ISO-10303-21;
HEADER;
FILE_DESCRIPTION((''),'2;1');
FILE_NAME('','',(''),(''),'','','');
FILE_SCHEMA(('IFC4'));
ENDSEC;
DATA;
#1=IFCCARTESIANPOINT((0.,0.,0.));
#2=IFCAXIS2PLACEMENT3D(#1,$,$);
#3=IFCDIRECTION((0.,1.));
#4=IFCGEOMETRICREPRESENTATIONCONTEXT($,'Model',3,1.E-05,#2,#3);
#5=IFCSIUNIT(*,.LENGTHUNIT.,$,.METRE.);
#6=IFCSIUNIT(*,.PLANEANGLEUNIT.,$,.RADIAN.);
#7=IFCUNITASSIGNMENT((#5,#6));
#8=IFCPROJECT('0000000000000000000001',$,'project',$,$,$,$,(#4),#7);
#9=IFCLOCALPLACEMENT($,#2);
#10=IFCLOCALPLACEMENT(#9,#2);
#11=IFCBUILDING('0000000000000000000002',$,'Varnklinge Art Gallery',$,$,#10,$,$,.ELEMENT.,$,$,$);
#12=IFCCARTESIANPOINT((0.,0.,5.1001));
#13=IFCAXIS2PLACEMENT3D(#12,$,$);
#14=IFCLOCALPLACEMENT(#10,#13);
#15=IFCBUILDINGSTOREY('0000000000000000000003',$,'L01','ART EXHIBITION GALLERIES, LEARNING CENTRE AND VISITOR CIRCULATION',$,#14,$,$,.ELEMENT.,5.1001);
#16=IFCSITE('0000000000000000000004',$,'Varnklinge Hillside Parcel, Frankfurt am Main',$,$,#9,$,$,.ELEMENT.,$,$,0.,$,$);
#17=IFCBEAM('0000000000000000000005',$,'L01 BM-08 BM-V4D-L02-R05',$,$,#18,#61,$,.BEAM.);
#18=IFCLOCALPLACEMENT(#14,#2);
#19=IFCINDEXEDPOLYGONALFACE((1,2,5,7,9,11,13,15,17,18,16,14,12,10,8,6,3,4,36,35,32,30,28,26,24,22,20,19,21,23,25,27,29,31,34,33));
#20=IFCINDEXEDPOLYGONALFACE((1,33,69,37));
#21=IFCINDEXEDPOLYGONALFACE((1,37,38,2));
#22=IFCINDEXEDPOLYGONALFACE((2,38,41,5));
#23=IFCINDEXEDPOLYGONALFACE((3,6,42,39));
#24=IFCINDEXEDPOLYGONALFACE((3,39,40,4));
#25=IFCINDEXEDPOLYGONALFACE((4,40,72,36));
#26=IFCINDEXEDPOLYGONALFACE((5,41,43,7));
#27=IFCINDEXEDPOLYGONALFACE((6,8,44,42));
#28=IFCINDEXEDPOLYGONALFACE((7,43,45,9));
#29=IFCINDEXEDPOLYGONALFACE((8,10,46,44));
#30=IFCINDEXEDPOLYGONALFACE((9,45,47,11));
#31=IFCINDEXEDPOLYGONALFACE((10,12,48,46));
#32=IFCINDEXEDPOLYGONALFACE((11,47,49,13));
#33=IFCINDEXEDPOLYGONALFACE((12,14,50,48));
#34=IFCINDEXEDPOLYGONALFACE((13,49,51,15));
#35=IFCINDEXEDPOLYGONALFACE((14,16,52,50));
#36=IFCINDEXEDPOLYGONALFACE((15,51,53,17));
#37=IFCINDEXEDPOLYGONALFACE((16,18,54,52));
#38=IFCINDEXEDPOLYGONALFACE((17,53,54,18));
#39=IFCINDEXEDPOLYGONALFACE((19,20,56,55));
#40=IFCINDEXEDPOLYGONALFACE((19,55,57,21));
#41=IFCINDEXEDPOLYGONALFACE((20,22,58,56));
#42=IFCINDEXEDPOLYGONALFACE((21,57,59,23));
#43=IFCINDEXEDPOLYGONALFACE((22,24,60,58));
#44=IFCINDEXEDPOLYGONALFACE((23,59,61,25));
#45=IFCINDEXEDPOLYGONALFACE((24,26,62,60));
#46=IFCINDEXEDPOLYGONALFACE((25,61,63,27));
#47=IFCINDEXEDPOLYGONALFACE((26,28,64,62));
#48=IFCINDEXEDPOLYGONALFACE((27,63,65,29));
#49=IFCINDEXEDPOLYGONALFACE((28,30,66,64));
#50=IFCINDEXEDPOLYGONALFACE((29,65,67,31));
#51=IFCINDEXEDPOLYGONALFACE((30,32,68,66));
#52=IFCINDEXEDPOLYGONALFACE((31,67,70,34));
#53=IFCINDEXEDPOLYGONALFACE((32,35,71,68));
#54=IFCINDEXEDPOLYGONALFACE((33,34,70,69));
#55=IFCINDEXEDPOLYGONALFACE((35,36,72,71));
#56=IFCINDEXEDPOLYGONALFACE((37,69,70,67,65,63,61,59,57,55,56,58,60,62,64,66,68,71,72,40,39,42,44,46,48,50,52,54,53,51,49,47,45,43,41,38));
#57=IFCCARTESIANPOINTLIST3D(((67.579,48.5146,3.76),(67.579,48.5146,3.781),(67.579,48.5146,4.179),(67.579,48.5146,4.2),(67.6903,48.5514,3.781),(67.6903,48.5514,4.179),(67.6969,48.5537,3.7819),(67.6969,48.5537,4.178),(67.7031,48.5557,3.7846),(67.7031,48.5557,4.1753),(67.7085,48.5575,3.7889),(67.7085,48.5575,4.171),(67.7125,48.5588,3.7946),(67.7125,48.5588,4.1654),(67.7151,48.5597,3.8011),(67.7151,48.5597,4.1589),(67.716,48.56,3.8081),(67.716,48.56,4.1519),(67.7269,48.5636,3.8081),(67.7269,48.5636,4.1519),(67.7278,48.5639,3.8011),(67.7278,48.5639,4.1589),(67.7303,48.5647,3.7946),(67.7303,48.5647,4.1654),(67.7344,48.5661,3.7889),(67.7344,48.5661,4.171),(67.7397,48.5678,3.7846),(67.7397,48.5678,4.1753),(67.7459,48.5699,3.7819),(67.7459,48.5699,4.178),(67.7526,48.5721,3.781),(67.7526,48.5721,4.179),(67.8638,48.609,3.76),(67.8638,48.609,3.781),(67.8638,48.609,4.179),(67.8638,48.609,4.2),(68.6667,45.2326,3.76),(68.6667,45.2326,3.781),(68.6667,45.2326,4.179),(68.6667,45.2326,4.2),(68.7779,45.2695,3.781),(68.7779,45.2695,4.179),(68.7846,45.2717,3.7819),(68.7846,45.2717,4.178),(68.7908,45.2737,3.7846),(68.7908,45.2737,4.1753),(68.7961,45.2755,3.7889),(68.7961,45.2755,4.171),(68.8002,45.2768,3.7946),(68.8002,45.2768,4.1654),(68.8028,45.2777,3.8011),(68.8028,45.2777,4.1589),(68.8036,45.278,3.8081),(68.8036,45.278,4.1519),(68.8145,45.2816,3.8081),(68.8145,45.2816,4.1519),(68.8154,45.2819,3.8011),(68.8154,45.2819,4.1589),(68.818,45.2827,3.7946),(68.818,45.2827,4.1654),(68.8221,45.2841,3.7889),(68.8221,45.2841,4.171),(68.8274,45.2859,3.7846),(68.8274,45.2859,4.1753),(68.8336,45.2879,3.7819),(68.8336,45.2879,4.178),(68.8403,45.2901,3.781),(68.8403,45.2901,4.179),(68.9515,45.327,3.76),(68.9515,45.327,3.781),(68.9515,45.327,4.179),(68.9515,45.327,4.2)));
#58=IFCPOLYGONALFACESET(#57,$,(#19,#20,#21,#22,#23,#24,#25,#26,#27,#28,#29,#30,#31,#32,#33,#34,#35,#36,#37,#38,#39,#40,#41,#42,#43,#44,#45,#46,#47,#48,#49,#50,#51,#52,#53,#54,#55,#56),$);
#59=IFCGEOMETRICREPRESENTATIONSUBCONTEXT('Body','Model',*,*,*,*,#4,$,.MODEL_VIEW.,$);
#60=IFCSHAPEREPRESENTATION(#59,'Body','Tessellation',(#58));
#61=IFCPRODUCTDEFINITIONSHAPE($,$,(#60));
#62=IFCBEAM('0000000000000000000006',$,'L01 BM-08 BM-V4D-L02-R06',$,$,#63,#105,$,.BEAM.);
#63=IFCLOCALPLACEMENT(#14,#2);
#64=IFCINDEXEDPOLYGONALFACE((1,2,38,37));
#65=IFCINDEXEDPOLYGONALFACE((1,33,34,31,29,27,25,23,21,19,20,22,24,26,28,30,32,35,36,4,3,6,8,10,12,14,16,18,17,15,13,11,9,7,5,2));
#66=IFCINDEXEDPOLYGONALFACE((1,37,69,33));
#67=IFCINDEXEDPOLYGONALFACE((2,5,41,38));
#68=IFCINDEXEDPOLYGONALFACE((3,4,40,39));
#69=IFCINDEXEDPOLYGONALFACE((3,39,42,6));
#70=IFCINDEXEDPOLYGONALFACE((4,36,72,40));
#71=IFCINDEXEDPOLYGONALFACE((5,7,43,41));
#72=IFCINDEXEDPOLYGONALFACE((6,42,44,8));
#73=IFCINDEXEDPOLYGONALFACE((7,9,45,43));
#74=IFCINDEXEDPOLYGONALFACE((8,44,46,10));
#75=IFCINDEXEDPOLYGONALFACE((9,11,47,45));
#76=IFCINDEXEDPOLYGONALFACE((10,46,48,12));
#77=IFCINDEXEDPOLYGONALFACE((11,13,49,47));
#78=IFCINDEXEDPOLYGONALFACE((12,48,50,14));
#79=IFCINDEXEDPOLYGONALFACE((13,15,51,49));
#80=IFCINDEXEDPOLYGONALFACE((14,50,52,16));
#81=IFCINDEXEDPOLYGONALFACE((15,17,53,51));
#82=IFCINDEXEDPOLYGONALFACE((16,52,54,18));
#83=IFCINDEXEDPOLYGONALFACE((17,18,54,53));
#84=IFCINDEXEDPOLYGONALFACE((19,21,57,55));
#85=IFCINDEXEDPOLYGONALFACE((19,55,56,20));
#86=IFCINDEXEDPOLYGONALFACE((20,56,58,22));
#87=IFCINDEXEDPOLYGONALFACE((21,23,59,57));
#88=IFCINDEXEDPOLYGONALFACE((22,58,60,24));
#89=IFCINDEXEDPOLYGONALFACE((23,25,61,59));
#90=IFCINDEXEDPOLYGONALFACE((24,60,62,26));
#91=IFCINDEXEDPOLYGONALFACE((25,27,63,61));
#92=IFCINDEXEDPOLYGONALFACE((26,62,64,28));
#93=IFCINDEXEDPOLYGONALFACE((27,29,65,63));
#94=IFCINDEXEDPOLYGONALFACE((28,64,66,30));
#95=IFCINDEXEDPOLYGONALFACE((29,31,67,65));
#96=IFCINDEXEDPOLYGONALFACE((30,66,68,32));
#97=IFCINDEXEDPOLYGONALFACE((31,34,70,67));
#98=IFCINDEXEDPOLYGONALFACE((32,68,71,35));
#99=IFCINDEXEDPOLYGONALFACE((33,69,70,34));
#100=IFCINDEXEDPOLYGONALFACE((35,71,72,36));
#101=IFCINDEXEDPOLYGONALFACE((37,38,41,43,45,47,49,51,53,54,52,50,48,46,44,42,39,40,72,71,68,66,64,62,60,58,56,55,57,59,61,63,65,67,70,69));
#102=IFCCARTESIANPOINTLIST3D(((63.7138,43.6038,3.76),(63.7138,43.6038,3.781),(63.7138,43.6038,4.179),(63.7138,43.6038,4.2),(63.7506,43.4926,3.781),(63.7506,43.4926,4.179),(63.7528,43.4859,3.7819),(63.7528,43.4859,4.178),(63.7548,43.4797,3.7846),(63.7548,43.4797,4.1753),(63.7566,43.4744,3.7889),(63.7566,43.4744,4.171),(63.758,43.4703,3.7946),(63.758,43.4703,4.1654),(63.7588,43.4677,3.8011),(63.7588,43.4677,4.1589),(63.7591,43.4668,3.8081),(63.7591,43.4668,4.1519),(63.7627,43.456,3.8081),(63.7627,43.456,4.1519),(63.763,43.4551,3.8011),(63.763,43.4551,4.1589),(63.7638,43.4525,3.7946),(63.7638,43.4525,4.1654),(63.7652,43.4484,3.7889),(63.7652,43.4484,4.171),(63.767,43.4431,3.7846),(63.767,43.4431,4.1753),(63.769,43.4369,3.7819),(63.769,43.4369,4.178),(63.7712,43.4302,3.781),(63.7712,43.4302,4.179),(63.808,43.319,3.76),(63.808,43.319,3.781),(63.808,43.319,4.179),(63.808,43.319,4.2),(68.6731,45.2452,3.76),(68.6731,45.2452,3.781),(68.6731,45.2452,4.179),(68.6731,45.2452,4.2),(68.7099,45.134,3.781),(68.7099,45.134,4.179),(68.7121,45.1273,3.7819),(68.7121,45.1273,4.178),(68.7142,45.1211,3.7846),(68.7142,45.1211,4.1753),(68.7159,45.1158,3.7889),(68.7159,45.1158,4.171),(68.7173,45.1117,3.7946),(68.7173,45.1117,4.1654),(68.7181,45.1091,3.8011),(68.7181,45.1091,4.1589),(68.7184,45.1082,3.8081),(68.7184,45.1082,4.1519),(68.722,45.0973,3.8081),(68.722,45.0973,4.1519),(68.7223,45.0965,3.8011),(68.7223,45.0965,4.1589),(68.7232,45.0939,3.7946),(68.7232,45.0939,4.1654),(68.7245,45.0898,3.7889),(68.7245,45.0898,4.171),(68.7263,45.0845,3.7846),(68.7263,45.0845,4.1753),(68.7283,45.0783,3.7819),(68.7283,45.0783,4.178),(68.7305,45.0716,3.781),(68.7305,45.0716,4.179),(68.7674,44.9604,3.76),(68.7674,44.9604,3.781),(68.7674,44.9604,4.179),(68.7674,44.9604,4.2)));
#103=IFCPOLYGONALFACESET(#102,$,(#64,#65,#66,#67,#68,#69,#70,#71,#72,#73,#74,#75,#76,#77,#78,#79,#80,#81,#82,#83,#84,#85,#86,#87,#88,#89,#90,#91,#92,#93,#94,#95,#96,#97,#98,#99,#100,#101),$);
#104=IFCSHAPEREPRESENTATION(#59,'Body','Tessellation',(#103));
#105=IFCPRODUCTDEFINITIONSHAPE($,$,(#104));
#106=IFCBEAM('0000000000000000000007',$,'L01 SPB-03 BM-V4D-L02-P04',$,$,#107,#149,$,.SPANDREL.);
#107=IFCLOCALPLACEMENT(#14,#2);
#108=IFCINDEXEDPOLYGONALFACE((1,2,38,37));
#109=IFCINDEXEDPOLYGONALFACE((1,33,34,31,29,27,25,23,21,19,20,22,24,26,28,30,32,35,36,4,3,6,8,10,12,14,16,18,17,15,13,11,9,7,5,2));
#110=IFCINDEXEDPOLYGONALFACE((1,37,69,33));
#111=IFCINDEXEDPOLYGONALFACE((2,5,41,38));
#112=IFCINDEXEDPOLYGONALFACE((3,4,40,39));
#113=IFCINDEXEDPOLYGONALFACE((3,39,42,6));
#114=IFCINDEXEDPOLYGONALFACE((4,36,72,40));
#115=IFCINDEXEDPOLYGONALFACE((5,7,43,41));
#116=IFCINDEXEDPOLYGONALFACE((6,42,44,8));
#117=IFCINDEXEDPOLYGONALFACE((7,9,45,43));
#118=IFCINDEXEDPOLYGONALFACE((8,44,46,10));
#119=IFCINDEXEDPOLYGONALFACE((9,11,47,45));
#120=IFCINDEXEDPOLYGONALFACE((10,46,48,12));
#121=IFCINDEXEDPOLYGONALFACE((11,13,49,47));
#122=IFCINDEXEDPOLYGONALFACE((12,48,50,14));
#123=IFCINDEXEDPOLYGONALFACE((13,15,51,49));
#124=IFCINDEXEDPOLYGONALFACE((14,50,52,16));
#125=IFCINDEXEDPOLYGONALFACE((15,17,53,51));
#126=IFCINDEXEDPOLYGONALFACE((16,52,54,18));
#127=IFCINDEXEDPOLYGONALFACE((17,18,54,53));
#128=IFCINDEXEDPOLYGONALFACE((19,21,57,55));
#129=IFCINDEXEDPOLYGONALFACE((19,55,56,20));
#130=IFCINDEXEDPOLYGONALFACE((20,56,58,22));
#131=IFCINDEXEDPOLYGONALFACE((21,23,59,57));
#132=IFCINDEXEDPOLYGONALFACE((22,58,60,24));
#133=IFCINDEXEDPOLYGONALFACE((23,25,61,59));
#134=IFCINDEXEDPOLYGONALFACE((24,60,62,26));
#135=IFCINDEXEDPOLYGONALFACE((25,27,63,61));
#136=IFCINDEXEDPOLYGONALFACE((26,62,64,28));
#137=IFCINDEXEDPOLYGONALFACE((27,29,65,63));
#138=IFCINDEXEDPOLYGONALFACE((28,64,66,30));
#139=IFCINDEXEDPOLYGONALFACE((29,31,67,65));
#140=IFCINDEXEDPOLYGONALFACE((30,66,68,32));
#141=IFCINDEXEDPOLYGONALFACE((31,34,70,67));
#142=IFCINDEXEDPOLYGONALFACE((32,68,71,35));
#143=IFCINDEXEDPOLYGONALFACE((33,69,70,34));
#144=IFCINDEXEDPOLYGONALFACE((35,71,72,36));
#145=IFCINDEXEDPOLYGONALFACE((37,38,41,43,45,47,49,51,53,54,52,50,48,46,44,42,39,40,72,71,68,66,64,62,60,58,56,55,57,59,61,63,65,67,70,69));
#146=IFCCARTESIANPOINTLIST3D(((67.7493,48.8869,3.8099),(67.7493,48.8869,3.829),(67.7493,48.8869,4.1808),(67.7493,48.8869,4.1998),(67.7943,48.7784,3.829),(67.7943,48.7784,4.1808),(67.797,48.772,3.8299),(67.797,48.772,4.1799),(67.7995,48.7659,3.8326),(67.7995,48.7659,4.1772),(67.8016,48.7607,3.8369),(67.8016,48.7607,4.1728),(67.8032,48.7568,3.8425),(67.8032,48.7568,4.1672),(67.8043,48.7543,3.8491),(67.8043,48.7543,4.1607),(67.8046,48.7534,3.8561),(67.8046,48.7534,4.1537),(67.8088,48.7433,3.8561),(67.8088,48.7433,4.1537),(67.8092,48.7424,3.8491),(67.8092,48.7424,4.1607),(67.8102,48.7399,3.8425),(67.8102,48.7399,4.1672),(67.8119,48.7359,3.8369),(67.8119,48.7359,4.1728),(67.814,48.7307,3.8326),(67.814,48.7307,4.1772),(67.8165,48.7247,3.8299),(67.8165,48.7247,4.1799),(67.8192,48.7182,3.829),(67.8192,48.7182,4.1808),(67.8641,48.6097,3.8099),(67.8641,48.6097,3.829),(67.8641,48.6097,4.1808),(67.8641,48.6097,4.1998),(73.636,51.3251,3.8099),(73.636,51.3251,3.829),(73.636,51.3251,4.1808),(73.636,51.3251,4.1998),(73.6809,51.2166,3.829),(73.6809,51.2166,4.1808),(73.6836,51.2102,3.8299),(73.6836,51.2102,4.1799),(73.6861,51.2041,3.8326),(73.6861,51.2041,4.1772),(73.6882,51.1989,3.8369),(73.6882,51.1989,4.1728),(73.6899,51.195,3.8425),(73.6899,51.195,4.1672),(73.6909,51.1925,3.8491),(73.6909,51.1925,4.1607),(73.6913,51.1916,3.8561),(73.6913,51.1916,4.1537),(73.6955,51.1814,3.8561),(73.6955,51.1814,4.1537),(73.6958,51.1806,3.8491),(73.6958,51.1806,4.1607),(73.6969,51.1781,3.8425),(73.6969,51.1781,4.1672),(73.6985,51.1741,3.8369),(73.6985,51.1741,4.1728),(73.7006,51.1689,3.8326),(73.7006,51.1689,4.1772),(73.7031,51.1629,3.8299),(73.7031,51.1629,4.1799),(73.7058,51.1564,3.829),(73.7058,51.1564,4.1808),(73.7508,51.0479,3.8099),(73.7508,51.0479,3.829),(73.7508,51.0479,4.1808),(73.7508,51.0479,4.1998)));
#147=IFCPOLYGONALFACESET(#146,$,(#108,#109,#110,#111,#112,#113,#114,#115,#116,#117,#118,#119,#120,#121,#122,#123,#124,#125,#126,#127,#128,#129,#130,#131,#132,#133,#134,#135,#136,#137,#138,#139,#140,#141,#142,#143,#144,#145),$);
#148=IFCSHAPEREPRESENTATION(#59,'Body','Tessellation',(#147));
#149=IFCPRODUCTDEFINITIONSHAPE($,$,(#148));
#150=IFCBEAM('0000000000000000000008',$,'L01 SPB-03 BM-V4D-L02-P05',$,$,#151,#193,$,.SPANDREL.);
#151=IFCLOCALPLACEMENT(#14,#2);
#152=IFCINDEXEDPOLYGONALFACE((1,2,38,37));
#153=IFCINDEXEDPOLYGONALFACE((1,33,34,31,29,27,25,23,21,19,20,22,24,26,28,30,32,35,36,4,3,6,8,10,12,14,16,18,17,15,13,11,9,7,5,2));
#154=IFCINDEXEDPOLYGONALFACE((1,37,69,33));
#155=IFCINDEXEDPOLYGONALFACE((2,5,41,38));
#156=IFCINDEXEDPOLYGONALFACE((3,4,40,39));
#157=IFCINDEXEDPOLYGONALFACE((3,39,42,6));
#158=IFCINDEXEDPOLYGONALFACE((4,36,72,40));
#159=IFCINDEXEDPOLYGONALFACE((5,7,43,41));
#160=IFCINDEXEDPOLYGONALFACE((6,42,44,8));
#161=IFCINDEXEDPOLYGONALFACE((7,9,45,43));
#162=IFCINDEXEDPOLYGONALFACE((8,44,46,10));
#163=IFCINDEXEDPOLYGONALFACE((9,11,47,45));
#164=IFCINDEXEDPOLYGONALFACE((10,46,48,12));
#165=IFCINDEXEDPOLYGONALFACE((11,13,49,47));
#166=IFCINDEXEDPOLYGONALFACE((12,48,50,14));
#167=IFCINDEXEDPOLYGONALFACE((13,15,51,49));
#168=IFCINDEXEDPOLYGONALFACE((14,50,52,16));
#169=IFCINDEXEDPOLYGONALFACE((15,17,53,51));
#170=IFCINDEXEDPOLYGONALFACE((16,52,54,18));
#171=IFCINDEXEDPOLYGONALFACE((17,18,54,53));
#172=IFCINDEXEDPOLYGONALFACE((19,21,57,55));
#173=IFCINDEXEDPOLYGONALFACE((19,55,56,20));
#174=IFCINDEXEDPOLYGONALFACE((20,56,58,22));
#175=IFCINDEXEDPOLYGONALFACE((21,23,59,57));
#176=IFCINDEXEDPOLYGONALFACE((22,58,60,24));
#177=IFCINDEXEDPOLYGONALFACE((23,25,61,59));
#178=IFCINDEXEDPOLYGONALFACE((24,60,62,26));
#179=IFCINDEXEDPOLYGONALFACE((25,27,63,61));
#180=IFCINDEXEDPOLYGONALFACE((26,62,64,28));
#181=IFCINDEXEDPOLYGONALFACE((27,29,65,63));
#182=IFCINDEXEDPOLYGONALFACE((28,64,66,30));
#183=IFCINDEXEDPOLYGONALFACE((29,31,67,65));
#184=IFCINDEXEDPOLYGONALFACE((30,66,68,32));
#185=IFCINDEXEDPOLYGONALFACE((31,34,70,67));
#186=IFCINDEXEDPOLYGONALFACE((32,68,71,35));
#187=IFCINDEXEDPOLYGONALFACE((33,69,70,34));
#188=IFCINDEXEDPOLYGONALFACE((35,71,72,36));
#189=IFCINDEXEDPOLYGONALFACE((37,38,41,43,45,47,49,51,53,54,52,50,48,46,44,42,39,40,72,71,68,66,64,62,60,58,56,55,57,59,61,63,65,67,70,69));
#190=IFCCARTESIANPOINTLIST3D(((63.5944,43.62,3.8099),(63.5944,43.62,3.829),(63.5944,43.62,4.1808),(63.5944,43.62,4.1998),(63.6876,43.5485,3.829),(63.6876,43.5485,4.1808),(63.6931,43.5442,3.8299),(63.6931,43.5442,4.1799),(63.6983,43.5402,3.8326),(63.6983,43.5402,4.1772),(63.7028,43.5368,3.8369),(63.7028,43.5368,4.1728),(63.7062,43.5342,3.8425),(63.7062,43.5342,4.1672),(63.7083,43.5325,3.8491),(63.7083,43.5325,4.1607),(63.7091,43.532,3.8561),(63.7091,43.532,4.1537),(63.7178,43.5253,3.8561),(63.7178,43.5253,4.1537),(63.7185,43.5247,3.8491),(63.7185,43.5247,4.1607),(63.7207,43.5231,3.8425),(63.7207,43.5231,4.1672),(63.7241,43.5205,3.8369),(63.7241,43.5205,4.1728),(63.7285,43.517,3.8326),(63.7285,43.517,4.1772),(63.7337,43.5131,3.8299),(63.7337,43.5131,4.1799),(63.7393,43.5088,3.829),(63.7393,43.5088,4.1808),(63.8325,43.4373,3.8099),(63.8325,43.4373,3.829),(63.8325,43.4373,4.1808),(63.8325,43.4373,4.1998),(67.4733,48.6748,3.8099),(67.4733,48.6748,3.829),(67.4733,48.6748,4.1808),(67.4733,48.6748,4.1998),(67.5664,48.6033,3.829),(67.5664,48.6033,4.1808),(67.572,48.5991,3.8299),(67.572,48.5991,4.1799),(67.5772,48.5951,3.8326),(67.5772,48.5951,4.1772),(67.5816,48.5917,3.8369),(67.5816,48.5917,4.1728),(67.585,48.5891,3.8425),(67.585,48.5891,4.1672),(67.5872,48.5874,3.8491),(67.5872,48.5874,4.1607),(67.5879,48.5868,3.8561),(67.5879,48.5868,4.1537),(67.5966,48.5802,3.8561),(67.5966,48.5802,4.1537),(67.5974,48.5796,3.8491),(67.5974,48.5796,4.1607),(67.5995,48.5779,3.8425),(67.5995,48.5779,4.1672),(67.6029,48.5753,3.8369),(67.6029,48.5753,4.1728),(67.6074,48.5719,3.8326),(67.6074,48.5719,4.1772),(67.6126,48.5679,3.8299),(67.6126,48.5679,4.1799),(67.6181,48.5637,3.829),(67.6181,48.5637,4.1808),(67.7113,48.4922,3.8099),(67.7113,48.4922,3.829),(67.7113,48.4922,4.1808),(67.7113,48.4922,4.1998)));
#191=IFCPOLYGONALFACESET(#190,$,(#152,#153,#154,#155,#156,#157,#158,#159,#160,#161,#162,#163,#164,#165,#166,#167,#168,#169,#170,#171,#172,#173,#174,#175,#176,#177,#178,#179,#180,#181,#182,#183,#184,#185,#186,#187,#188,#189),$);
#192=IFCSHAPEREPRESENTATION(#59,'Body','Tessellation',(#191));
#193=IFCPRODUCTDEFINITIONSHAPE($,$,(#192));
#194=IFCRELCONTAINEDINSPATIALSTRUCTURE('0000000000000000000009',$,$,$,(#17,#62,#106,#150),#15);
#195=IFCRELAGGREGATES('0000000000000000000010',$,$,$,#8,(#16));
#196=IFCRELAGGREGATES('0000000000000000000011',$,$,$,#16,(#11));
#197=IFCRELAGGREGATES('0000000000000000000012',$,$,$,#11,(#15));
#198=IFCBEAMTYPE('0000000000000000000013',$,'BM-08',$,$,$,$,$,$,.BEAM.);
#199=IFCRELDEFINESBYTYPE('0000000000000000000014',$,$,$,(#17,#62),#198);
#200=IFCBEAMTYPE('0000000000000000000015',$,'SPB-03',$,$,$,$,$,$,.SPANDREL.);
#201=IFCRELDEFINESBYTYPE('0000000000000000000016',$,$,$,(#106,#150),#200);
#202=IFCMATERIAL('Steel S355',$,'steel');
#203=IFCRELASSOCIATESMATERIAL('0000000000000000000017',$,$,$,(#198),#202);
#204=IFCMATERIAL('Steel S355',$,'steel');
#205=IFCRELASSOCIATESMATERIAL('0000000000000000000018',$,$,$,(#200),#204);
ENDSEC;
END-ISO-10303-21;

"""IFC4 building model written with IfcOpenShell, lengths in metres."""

from ifc_helpers import new_model, si_unit, direction, frame, origin, origin_2d, place, context, subcontext, project, spatial, i_section, extrude, material, material_profile, profile_set, type_object, element, save


model = new_model("IFC4")

# Units and contexts
model_context = context("Model", 3, precision=1e-05, world=origin(), true_north=direction((0.0, 1.0)))
body_context = subcontext(model_context, "Body", "Model", "MODEL_VIEW")
ifc_project = project(units=[si_unit("LENGTHUNIT", "METRE"), si_unit("PLANEANGLEUNIT", "RADIAN")], contexts=[model_context])

# Site, building, storey
site_placement = place(None, origin())
site = spatial("IfcSite", under=ifc_project, at=site_placement, Name="Varnklinge Hillside Parcel, Frankfurt am Main", CompositionType="ELEMENT", RefElevation=0.0)
building_placement = place(site_placement, origin())
building = spatial("IfcBuilding", under=site, at=building_placement, Name="Varnklinge Art Gallery", CompositionType="ELEMENT")
storey_placement = place(building_placement, frame((0.0, 0.0, 5.1001)))
storey = spatial("IfcBuildingStorey", under=building, at=storey_placement, Name="L01", Description="ART EXHIBITION GALLERIES, LEARNING CENTRE AND VISITOR CIRCULATION", CompositionType="ELEMENT", Elevation=5.1001)

# Beams
ifc_material_1 = material(Name="Steel S355", Category="steel")
ifc_material_profile_1 = material_profile(ifc_material_1, i_section(OverallWidth=0.3, OverallDepth=0.4399, WebThickness=0.0115, FlangeThickness=0.021, FilletRadius=0.0271, at=origin_2d()), Name="HEA 450")
ifc_profile_set_1 = profile_set([ifc_material_profile_1], Name="Steel S355")
beam_type_1 = type_object("IfcBeamType", Name="BM-08", PredefinedType="BEAM", material=ifc_profile_set_1)
beam_1_placement = place(storey_placement, frame((68.8091, 45.2798, 3.98), z_axis=(-0.314575, 0.949233, 0.0), x_axis=(-0.949233, -0.314575, 0.0)))
element("IfcBeam", 1, at=beam_1_placement, inside=storey, type_object=beam_type_1, Name="L01 BM-08 BM-V4D-L02-R05", PredefinedType="BEAM", context=body_context, shape_type="SweptSolid", body=[
    extrude(i_section(OverallWidth=0.3, OverallDepth=0.4399, WebThickness=0.0115, FlangeThickness=0.021, FilletRadius=0.0271, at=origin_2d()), origin(), (0.0, 0.0, 1.0), 3.4575),
])
beam_2_placement = place(storey_placement, frame((68.7202, 45.1028, 3.98), z_axis=(-0.949354, -0.314208, 0.0), x_axis=(0.314208, -0.949354, 0.0)))
element("IfcBeam", 2, at=beam_2_placement, inside=storey, type_object=beam_type_1, Name="L01 BM-08 BM-V4D-L02-R06", PredefinedType="BEAM", context=body_context, shape_type="SweptSolid", body=[
    extrude(i_section(OverallWidth=0.3, OverallDepth=0.4399, WebThickness=0.0115, FlangeThickness=0.021, FilletRadius=0.0271, at=origin_2d()), origin(), (0.0, 0.0, 1.0), 5.2239),
])
ifc_material_2 = material(Name="Steel S355", Category="steel")
ifc_material_profile_2 = material_profile(ifc_material_2, i_section(OverallWidth=0.3, OverallDepth=0.3899, WebThickness=0.011, FlangeThickness=0.019, FilletRadius=0.0271, at=origin_2d()), Name="HEA 400")
ifc_profile_set_2 = profile_set([ifc_material_profile_2], Name="Steel S355")
beam_type_2 = type_object("IfcBeamType", Name="SPB-03", PredefinedType="SPANDREL", material=ifc_profile_set_2)
for number, where, z_axis, x_axis, name in (
    (3, (73.6934, 51.1865, 4.0049), (-0.923887, -0.382667, 0.0), (0.382667, -0.923887, 0.0), "L01 SPB-03 BM-V4D-L02-P04"),
    (4, (67.5923, 48.5835, 4.0049), (-0.608773, -0.793344, 0.0), (0.793344, -0.608773, 0.0), "L01 SPB-03 BM-V4D-L02-P05"),
):
    element("IfcBeam", number, at=place(storey_placement, frame(where, z_axis=z_axis, x_axis=x_axis)), inside=storey, type_object=beam_type_2, Name=name, PredefinedType="SPANDREL", context=body_context, shape_type="SweptSolid", body=[
        extrude(i_section(OverallWidth=0.3, OverallDepth=0.3899, WebThickness=0.011, FlangeThickness=0.019, FilletRadius=0.0271, at=origin_2d()), origin(), (0.0, 0.0, 1.0), 6.3716),
    ])

save(model, "model.ifc")
